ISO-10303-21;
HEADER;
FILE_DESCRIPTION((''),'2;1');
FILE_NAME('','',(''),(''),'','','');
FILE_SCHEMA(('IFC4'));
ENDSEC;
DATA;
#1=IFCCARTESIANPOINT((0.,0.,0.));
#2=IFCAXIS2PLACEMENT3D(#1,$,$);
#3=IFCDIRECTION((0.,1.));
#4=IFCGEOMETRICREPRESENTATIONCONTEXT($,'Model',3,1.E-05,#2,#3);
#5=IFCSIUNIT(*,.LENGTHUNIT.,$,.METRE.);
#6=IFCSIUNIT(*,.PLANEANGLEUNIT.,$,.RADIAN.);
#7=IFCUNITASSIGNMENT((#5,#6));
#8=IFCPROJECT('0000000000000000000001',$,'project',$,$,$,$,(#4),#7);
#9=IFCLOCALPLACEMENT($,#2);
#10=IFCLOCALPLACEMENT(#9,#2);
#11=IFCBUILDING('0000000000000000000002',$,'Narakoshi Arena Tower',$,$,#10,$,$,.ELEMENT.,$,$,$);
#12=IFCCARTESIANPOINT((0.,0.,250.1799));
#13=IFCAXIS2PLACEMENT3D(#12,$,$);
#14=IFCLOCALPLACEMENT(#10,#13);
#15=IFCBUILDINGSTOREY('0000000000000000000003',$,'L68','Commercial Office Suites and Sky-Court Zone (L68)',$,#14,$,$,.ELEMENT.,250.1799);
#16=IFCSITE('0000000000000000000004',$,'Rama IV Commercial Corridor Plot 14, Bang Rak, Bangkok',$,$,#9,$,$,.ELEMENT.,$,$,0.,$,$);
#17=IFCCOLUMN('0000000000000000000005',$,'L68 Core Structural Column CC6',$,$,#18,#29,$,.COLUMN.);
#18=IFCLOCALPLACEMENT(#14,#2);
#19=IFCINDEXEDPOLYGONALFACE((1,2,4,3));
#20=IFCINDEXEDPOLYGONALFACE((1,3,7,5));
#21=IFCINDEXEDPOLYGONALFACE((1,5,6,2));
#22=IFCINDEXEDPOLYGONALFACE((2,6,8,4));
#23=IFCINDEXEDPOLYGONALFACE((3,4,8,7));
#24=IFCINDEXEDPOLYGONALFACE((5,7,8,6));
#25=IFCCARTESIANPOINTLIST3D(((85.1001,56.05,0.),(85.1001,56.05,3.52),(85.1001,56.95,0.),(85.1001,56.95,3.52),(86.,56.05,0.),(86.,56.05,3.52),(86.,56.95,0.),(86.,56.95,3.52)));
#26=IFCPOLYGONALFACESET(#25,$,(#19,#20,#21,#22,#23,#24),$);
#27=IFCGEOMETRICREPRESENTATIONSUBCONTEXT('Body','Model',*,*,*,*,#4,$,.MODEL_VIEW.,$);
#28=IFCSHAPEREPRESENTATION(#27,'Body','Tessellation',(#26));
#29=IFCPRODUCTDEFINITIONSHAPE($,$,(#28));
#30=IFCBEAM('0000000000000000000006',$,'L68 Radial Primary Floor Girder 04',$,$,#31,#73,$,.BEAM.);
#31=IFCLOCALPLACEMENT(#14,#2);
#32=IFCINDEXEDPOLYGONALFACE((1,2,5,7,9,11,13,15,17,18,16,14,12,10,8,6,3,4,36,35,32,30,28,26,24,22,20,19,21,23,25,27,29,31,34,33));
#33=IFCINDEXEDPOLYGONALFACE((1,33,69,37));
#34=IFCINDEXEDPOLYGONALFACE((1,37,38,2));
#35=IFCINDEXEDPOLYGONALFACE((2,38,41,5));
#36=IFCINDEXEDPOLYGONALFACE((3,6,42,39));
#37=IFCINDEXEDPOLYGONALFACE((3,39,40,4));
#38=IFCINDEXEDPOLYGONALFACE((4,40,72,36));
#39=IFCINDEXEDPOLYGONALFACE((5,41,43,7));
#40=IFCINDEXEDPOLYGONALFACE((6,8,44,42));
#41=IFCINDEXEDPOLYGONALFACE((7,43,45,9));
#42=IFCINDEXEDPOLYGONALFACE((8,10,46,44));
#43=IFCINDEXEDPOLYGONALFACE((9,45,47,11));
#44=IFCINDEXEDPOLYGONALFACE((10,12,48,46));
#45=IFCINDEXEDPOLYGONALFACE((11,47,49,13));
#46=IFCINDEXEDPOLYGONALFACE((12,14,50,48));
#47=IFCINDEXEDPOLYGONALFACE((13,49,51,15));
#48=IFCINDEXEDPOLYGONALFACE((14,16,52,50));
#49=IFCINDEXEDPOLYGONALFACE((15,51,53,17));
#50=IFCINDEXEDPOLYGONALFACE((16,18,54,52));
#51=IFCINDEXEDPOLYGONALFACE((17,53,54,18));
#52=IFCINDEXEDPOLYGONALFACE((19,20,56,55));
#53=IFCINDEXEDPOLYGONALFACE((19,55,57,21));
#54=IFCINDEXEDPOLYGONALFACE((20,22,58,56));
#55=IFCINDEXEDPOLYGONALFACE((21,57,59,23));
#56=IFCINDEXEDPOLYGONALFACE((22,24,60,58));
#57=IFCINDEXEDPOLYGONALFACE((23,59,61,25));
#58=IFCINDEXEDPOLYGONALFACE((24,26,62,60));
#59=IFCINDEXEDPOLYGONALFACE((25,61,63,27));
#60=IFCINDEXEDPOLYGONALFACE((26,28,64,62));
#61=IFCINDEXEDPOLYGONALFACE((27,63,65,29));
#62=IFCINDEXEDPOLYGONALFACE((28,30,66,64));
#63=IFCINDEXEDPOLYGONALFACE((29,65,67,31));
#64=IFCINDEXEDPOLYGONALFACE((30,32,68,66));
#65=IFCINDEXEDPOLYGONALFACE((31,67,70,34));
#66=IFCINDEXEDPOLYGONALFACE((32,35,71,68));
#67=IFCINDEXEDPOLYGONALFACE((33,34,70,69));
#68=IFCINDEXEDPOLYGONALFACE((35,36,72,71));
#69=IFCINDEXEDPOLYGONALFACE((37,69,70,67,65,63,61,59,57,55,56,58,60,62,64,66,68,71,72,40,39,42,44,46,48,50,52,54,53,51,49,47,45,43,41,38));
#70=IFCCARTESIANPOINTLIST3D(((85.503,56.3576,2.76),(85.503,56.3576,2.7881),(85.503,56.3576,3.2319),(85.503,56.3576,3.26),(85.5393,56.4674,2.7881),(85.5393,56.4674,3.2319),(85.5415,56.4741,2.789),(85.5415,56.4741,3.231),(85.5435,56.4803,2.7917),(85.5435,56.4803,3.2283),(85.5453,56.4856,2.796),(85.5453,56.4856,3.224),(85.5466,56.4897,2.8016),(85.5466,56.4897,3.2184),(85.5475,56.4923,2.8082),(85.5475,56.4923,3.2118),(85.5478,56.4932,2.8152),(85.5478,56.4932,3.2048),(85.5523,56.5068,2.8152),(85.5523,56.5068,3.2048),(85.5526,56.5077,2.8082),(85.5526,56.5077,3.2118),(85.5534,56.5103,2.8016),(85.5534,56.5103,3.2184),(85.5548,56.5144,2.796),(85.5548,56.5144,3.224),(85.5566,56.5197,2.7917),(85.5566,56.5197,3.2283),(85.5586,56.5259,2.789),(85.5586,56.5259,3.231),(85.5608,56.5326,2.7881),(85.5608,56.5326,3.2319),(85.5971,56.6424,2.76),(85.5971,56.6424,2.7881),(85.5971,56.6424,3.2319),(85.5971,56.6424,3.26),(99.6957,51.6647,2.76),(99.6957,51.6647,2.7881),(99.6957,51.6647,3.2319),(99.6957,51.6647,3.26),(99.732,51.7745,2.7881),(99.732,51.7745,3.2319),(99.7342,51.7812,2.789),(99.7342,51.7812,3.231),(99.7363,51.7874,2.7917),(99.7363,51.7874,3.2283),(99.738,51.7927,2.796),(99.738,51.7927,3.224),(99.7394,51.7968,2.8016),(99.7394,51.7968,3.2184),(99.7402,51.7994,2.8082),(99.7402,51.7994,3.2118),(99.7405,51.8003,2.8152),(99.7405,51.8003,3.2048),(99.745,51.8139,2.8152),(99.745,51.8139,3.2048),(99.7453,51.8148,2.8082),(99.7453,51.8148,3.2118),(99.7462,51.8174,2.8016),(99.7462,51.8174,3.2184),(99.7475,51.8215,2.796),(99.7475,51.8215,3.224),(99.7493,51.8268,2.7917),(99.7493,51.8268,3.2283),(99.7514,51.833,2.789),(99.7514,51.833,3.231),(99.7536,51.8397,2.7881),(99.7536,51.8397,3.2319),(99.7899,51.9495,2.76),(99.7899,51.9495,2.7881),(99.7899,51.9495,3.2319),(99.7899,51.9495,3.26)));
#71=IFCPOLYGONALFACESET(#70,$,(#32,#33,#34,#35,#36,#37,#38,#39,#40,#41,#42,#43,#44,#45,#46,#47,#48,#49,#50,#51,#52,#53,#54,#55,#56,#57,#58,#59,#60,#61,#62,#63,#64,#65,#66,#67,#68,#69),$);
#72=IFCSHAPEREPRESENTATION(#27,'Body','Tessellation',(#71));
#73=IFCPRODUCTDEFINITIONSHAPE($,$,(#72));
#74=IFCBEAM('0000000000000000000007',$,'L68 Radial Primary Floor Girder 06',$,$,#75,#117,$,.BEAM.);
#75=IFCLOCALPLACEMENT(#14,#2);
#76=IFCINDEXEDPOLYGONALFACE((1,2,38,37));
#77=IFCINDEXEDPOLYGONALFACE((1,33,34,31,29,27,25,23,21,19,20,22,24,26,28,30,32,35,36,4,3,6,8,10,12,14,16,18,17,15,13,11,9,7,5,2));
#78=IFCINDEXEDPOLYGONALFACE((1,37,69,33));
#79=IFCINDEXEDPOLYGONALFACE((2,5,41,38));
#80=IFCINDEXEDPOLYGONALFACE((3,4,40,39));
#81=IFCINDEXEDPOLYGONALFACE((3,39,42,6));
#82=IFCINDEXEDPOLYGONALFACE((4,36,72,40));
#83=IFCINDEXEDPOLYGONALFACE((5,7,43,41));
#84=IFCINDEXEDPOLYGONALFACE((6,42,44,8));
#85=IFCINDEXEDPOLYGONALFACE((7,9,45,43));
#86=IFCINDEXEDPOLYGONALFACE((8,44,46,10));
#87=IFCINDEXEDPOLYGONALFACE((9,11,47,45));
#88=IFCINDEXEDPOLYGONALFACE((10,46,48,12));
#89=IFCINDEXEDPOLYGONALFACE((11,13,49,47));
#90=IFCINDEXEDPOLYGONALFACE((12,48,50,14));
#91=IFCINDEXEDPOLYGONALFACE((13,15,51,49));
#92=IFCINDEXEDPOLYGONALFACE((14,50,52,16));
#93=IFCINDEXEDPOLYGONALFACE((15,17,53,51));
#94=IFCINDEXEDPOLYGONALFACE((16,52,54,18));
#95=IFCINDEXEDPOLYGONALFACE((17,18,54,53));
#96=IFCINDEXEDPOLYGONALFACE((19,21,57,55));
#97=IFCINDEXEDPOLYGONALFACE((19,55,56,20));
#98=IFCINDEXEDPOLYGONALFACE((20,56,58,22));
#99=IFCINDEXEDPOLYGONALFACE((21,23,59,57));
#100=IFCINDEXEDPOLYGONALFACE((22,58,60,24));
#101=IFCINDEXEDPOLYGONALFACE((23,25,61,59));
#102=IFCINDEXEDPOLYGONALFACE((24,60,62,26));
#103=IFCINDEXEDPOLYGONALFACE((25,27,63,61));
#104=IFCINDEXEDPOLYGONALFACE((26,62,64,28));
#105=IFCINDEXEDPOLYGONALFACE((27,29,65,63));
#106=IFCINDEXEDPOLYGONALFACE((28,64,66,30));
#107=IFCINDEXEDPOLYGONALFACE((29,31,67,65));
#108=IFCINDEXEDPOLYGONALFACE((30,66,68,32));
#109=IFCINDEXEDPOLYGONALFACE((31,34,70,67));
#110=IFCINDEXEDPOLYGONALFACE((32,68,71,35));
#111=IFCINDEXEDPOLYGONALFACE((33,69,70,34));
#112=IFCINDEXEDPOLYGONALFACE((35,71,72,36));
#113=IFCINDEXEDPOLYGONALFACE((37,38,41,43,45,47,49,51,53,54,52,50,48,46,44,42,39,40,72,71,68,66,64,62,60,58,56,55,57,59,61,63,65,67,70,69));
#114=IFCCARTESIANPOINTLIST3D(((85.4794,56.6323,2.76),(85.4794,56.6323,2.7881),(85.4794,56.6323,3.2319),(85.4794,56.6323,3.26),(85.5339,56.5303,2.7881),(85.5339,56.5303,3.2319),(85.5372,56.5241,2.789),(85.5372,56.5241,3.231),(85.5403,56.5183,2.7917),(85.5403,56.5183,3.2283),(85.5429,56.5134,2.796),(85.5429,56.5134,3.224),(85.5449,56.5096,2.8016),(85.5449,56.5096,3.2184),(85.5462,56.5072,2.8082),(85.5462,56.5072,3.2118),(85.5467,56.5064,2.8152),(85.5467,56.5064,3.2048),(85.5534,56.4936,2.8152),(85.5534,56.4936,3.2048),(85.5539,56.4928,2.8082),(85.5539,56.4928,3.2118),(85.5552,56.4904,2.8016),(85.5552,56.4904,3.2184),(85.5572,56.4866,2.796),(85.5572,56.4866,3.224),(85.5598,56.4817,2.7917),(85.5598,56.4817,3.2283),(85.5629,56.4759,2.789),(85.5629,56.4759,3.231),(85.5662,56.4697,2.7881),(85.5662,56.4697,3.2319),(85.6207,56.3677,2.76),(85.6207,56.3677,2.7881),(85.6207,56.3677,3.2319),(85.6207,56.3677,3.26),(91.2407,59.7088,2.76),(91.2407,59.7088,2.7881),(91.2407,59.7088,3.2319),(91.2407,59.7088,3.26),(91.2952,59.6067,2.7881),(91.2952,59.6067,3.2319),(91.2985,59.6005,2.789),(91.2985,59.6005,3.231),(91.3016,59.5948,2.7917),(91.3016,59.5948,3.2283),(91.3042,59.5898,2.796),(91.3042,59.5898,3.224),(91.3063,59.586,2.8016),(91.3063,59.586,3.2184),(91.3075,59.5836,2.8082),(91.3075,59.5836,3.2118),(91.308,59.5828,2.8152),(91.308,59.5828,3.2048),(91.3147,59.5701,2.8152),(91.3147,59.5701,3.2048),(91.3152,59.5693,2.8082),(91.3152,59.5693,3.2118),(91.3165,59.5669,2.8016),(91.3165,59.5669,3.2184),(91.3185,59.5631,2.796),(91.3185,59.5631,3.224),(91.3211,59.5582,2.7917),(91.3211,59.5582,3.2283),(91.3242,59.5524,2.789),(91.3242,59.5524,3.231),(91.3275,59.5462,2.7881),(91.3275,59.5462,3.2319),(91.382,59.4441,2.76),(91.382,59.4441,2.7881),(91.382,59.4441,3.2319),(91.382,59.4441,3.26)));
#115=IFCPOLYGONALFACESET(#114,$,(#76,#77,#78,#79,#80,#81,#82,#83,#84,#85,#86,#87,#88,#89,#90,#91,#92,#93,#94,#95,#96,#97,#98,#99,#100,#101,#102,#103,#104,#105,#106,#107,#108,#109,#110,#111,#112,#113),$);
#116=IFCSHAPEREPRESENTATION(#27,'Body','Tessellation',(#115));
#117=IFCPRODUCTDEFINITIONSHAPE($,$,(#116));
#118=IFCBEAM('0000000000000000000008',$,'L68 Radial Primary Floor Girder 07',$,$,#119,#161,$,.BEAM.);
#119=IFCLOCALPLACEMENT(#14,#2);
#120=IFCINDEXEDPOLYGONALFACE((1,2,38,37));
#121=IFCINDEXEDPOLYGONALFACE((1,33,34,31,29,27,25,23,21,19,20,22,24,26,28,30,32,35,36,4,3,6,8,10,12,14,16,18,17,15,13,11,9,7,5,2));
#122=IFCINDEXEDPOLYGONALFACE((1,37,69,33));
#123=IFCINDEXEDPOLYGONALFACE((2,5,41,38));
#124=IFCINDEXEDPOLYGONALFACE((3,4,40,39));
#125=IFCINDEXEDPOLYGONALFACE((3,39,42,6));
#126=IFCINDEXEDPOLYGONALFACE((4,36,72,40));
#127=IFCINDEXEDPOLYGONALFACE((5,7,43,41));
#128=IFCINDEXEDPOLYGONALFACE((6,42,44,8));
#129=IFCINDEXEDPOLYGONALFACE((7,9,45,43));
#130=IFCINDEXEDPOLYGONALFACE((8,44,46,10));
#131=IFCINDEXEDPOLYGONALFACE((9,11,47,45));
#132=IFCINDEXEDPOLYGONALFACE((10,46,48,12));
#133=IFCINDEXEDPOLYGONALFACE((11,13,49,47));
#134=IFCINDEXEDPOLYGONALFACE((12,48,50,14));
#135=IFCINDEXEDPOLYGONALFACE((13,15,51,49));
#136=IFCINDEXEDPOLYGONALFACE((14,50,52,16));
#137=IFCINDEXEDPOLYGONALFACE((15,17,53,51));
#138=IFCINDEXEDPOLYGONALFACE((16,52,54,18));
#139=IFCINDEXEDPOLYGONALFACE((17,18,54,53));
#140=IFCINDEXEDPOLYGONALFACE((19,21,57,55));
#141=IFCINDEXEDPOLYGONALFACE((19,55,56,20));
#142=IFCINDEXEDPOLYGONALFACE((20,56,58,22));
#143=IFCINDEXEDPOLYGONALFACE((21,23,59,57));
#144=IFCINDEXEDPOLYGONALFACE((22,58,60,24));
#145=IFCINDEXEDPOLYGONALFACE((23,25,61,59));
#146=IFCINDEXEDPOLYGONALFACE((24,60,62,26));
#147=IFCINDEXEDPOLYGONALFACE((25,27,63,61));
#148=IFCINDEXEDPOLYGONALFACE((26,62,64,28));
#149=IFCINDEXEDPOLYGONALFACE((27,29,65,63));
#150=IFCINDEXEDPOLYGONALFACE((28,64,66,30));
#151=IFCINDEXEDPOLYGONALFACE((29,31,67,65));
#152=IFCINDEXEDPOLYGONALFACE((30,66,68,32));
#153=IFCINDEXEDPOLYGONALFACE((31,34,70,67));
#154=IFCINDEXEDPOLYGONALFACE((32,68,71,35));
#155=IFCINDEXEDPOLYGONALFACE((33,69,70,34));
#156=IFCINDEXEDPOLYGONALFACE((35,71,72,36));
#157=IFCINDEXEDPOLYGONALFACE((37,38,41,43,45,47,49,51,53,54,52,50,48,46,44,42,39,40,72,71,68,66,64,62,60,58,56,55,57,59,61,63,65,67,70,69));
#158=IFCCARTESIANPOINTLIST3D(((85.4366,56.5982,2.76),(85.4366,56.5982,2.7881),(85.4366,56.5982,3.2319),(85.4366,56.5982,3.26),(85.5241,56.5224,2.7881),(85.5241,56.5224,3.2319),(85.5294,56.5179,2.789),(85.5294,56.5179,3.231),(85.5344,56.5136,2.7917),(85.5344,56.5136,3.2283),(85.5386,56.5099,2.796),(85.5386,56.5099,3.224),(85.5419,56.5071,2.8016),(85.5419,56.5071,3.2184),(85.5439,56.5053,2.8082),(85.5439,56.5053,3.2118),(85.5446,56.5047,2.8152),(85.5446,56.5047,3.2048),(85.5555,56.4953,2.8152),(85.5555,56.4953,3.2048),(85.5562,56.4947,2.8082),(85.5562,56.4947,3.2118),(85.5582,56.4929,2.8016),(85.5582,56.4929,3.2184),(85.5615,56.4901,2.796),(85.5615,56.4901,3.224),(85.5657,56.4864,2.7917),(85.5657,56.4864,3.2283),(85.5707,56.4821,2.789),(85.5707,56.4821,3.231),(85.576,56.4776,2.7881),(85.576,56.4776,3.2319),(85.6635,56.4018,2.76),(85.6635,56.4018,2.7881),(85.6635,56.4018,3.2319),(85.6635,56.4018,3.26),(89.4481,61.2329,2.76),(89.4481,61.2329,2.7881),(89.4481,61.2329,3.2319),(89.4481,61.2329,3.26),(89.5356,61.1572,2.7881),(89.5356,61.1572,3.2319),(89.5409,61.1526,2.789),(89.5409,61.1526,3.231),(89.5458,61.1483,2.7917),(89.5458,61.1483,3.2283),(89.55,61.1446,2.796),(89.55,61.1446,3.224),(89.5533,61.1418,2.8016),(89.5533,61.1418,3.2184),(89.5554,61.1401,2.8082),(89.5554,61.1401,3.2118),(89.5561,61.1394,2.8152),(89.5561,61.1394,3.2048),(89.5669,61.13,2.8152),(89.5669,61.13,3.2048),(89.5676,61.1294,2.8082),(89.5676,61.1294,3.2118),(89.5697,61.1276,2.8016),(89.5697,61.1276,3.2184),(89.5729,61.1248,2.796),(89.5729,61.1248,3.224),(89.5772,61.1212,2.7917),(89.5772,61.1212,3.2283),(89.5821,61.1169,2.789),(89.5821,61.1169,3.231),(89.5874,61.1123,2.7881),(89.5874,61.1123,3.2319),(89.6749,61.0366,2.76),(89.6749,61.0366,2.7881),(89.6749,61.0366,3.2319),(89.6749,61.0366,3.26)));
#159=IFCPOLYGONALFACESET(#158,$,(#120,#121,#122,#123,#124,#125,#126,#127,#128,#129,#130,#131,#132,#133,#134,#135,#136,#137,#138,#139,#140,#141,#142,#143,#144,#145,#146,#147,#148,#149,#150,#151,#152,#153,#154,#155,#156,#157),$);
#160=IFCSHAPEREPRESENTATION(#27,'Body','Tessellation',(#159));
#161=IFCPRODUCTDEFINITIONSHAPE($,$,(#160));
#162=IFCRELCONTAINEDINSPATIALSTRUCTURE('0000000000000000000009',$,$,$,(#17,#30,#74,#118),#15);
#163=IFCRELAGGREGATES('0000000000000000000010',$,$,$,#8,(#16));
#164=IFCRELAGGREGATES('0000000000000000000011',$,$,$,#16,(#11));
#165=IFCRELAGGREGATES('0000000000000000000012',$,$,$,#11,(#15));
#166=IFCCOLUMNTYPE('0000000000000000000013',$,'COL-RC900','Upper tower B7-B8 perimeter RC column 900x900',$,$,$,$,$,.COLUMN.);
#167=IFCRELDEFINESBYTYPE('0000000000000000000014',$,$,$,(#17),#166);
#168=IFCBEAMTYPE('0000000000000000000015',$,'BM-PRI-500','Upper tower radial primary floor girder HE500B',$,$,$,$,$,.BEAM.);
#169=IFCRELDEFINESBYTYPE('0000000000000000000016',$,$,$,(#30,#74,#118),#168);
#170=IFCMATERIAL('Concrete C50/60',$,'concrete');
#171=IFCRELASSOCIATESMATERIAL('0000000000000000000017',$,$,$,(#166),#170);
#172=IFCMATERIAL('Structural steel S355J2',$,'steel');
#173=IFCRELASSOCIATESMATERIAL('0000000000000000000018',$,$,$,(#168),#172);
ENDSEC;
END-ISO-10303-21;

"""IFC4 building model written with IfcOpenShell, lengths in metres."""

from ifc_helpers import new_model, si_unit, direction, frame, origin, origin_2d, place, context, subcontext, project, spatial, rectangle, i_section, extrude, material, material_profile, profile_set, type_object, element, save


model = new_model("IFC4")

# Units and contexts
model_context = context("Model", 3, precision=1e-05, world=origin(), true_north=direction((0.0, 1.0)))
body_context = subcontext(model_context, "Body", "Model", "MODEL_VIEW")
ifc_project = project(units=[si_unit("LENGTHUNIT", "METRE"), si_unit("PLANEANGLEUNIT", "RADIAN")], contexts=[model_context])

# Site, building, storey
site_placement = place(None, origin())
site = spatial("IfcSite", under=ifc_project, at=site_placement, Name="Rama IV Commercial Corridor Plot 14, Bang Rak, Bangkok", CompositionType="ELEMENT", RefElevation=0.0)
building_placement = place(site_placement, origin())
building = spatial("IfcBuilding", under=site, at=building_placement, Name="Narakoshi Arena Tower", CompositionType="ELEMENT")
storey_placement = place(building_placement, frame((0.0, 0.0, 250.1799)))
storey = spatial("IfcBuildingStorey", under=building, at=storey_placement, Name="L68", Description="Commercial Office Suites and Sky-Court Zone (L68)", CompositionType="ELEMENT", Elevation=250.1799)

# Column
ifc_material_1 = material(Name="Concrete C50/60", Category="concrete")
ifc_material_profile_1 = material_profile(ifc_material_1, rectangle(XDim=0.8999, YDim=0.8999, at=origin_2d()), Name="RC900x900")
ifc_profile_set_1 = profile_set([ifc_material_profile_1], Name="Concrete C50/60")
column_type = type_object("IfcColumnType", Name="COL-RC900", Description="Upper tower B7-B8 perimeter RC column 900x900", PredefinedType="COLUMN", material=ifc_profile_set_1)
column_placement = place(storey_placement, frame((85.55, 56.5, 0.0), z_axis=(0.0, 0.0, 1.0), x_axis=(1.0, 0.0, 0.0)))
element("IfcColumn", 1, at=column_placement, inside=storey, type_object=column_type, Name="L68 Core Structural Column CC6", PredefinedType="COLUMN", context=body_context, shape_type="SweptSolid", body=[
    extrude(rectangle(XDim=0.8999, YDim=0.8999, at=origin_2d()), origin(), (0.0, 0.0, 1.0), 3.52),
])

# Beams
ifc_material_2 = material(Name="Structural steel S355J2", Category="steel")
ifc_material_profile_2 = material_profile(ifc_material_2, i_section(OverallWidth=0.3, OverallDepth=0.5, WebThickness=0.0144, FlangeThickness=0.0281, FilletRadius=0.0271, at=origin_2d()), Name="HE500B")
ifc_profile_set_2 = profile_set([ifc_material_profile_2], Name="Structural steel S355J2")
beam_type = type_object("IfcBeamType", Name="BM-PRI-500", Description="Upper tower radial primary floor girder HE500B", PredefinedType="BEAM", material=ifc_profile_set_2)
beam_1_placement = place(storey_placement, frame((85.55, 56.5, 3.01), z_axis=(0.949443, -0.313939, 0.0), x_axis=(0.313939, 0.949443, 0.0)))
element("IfcBeam", 2, at=beam_1_placement, inside=storey, type_object=beam_type, Name="L68 Radial Primary Floor Girder 04", PredefinedType="BEAM", context=body_context, shape_type="SweptSolid", body=[
    extrude(i_section(OverallWidth=0.3, OverallDepth=0.5, WebThickness=0.0144, FlangeThickness=0.0281, FilletRadius=0.0271, at=origin_2d()), origin(), (0.0, 0.0, 1.0), 14.9485),
])
beam_2_placement = place(storey_placement, frame((85.55, 56.5, 3.01), z_axis=(0.882114, 0.471036, 0.0), x_axis=(-0.471036, 0.882114, 0.0)))
element("IfcBeam", 3, at=beam_2_placement, inside=storey, type_object=beam_type, Name="L68 Radial Primary Floor Girder 06", PredefinedType="BEAM", context=body_context, shape_type="SweptSolid", body=[
    extrude(i_section(OverallWidth=0.3, OverallDepth=0.5, WebThickness=0.0144, FlangeThickness=0.0281, FilletRadius=0.0271, at=origin_2d()), origin(), (0.0, 0.0, 1.0), 6.5312),
])
beam_3_placement = place(storey_placement, frame((85.55, 56.5, 3.01), z_axis=(0.654435, 0.756119, 0.0), x_axis=(-0.756119, 0.654435, 0.0)))
element("IfcBeam", 4, at=beam_3_placement, inside=storey, type_object=beam_type, Name="L68 Radial Primary Floor Girder 07", PredefinedType="BEAM", context=body_context, shape_type="SweptSolid", body=[
    extrude(i_section(OverallWidth=0.3, OverallDepth=0.5, WebThickness=0.0144, FlangeThickness=0.0281, FilletRadius=0.0271, at=origin_2d()), origin(), (0.0, 0.0, 1.0), 6.1296),
])

save(model, "model.ifc")
